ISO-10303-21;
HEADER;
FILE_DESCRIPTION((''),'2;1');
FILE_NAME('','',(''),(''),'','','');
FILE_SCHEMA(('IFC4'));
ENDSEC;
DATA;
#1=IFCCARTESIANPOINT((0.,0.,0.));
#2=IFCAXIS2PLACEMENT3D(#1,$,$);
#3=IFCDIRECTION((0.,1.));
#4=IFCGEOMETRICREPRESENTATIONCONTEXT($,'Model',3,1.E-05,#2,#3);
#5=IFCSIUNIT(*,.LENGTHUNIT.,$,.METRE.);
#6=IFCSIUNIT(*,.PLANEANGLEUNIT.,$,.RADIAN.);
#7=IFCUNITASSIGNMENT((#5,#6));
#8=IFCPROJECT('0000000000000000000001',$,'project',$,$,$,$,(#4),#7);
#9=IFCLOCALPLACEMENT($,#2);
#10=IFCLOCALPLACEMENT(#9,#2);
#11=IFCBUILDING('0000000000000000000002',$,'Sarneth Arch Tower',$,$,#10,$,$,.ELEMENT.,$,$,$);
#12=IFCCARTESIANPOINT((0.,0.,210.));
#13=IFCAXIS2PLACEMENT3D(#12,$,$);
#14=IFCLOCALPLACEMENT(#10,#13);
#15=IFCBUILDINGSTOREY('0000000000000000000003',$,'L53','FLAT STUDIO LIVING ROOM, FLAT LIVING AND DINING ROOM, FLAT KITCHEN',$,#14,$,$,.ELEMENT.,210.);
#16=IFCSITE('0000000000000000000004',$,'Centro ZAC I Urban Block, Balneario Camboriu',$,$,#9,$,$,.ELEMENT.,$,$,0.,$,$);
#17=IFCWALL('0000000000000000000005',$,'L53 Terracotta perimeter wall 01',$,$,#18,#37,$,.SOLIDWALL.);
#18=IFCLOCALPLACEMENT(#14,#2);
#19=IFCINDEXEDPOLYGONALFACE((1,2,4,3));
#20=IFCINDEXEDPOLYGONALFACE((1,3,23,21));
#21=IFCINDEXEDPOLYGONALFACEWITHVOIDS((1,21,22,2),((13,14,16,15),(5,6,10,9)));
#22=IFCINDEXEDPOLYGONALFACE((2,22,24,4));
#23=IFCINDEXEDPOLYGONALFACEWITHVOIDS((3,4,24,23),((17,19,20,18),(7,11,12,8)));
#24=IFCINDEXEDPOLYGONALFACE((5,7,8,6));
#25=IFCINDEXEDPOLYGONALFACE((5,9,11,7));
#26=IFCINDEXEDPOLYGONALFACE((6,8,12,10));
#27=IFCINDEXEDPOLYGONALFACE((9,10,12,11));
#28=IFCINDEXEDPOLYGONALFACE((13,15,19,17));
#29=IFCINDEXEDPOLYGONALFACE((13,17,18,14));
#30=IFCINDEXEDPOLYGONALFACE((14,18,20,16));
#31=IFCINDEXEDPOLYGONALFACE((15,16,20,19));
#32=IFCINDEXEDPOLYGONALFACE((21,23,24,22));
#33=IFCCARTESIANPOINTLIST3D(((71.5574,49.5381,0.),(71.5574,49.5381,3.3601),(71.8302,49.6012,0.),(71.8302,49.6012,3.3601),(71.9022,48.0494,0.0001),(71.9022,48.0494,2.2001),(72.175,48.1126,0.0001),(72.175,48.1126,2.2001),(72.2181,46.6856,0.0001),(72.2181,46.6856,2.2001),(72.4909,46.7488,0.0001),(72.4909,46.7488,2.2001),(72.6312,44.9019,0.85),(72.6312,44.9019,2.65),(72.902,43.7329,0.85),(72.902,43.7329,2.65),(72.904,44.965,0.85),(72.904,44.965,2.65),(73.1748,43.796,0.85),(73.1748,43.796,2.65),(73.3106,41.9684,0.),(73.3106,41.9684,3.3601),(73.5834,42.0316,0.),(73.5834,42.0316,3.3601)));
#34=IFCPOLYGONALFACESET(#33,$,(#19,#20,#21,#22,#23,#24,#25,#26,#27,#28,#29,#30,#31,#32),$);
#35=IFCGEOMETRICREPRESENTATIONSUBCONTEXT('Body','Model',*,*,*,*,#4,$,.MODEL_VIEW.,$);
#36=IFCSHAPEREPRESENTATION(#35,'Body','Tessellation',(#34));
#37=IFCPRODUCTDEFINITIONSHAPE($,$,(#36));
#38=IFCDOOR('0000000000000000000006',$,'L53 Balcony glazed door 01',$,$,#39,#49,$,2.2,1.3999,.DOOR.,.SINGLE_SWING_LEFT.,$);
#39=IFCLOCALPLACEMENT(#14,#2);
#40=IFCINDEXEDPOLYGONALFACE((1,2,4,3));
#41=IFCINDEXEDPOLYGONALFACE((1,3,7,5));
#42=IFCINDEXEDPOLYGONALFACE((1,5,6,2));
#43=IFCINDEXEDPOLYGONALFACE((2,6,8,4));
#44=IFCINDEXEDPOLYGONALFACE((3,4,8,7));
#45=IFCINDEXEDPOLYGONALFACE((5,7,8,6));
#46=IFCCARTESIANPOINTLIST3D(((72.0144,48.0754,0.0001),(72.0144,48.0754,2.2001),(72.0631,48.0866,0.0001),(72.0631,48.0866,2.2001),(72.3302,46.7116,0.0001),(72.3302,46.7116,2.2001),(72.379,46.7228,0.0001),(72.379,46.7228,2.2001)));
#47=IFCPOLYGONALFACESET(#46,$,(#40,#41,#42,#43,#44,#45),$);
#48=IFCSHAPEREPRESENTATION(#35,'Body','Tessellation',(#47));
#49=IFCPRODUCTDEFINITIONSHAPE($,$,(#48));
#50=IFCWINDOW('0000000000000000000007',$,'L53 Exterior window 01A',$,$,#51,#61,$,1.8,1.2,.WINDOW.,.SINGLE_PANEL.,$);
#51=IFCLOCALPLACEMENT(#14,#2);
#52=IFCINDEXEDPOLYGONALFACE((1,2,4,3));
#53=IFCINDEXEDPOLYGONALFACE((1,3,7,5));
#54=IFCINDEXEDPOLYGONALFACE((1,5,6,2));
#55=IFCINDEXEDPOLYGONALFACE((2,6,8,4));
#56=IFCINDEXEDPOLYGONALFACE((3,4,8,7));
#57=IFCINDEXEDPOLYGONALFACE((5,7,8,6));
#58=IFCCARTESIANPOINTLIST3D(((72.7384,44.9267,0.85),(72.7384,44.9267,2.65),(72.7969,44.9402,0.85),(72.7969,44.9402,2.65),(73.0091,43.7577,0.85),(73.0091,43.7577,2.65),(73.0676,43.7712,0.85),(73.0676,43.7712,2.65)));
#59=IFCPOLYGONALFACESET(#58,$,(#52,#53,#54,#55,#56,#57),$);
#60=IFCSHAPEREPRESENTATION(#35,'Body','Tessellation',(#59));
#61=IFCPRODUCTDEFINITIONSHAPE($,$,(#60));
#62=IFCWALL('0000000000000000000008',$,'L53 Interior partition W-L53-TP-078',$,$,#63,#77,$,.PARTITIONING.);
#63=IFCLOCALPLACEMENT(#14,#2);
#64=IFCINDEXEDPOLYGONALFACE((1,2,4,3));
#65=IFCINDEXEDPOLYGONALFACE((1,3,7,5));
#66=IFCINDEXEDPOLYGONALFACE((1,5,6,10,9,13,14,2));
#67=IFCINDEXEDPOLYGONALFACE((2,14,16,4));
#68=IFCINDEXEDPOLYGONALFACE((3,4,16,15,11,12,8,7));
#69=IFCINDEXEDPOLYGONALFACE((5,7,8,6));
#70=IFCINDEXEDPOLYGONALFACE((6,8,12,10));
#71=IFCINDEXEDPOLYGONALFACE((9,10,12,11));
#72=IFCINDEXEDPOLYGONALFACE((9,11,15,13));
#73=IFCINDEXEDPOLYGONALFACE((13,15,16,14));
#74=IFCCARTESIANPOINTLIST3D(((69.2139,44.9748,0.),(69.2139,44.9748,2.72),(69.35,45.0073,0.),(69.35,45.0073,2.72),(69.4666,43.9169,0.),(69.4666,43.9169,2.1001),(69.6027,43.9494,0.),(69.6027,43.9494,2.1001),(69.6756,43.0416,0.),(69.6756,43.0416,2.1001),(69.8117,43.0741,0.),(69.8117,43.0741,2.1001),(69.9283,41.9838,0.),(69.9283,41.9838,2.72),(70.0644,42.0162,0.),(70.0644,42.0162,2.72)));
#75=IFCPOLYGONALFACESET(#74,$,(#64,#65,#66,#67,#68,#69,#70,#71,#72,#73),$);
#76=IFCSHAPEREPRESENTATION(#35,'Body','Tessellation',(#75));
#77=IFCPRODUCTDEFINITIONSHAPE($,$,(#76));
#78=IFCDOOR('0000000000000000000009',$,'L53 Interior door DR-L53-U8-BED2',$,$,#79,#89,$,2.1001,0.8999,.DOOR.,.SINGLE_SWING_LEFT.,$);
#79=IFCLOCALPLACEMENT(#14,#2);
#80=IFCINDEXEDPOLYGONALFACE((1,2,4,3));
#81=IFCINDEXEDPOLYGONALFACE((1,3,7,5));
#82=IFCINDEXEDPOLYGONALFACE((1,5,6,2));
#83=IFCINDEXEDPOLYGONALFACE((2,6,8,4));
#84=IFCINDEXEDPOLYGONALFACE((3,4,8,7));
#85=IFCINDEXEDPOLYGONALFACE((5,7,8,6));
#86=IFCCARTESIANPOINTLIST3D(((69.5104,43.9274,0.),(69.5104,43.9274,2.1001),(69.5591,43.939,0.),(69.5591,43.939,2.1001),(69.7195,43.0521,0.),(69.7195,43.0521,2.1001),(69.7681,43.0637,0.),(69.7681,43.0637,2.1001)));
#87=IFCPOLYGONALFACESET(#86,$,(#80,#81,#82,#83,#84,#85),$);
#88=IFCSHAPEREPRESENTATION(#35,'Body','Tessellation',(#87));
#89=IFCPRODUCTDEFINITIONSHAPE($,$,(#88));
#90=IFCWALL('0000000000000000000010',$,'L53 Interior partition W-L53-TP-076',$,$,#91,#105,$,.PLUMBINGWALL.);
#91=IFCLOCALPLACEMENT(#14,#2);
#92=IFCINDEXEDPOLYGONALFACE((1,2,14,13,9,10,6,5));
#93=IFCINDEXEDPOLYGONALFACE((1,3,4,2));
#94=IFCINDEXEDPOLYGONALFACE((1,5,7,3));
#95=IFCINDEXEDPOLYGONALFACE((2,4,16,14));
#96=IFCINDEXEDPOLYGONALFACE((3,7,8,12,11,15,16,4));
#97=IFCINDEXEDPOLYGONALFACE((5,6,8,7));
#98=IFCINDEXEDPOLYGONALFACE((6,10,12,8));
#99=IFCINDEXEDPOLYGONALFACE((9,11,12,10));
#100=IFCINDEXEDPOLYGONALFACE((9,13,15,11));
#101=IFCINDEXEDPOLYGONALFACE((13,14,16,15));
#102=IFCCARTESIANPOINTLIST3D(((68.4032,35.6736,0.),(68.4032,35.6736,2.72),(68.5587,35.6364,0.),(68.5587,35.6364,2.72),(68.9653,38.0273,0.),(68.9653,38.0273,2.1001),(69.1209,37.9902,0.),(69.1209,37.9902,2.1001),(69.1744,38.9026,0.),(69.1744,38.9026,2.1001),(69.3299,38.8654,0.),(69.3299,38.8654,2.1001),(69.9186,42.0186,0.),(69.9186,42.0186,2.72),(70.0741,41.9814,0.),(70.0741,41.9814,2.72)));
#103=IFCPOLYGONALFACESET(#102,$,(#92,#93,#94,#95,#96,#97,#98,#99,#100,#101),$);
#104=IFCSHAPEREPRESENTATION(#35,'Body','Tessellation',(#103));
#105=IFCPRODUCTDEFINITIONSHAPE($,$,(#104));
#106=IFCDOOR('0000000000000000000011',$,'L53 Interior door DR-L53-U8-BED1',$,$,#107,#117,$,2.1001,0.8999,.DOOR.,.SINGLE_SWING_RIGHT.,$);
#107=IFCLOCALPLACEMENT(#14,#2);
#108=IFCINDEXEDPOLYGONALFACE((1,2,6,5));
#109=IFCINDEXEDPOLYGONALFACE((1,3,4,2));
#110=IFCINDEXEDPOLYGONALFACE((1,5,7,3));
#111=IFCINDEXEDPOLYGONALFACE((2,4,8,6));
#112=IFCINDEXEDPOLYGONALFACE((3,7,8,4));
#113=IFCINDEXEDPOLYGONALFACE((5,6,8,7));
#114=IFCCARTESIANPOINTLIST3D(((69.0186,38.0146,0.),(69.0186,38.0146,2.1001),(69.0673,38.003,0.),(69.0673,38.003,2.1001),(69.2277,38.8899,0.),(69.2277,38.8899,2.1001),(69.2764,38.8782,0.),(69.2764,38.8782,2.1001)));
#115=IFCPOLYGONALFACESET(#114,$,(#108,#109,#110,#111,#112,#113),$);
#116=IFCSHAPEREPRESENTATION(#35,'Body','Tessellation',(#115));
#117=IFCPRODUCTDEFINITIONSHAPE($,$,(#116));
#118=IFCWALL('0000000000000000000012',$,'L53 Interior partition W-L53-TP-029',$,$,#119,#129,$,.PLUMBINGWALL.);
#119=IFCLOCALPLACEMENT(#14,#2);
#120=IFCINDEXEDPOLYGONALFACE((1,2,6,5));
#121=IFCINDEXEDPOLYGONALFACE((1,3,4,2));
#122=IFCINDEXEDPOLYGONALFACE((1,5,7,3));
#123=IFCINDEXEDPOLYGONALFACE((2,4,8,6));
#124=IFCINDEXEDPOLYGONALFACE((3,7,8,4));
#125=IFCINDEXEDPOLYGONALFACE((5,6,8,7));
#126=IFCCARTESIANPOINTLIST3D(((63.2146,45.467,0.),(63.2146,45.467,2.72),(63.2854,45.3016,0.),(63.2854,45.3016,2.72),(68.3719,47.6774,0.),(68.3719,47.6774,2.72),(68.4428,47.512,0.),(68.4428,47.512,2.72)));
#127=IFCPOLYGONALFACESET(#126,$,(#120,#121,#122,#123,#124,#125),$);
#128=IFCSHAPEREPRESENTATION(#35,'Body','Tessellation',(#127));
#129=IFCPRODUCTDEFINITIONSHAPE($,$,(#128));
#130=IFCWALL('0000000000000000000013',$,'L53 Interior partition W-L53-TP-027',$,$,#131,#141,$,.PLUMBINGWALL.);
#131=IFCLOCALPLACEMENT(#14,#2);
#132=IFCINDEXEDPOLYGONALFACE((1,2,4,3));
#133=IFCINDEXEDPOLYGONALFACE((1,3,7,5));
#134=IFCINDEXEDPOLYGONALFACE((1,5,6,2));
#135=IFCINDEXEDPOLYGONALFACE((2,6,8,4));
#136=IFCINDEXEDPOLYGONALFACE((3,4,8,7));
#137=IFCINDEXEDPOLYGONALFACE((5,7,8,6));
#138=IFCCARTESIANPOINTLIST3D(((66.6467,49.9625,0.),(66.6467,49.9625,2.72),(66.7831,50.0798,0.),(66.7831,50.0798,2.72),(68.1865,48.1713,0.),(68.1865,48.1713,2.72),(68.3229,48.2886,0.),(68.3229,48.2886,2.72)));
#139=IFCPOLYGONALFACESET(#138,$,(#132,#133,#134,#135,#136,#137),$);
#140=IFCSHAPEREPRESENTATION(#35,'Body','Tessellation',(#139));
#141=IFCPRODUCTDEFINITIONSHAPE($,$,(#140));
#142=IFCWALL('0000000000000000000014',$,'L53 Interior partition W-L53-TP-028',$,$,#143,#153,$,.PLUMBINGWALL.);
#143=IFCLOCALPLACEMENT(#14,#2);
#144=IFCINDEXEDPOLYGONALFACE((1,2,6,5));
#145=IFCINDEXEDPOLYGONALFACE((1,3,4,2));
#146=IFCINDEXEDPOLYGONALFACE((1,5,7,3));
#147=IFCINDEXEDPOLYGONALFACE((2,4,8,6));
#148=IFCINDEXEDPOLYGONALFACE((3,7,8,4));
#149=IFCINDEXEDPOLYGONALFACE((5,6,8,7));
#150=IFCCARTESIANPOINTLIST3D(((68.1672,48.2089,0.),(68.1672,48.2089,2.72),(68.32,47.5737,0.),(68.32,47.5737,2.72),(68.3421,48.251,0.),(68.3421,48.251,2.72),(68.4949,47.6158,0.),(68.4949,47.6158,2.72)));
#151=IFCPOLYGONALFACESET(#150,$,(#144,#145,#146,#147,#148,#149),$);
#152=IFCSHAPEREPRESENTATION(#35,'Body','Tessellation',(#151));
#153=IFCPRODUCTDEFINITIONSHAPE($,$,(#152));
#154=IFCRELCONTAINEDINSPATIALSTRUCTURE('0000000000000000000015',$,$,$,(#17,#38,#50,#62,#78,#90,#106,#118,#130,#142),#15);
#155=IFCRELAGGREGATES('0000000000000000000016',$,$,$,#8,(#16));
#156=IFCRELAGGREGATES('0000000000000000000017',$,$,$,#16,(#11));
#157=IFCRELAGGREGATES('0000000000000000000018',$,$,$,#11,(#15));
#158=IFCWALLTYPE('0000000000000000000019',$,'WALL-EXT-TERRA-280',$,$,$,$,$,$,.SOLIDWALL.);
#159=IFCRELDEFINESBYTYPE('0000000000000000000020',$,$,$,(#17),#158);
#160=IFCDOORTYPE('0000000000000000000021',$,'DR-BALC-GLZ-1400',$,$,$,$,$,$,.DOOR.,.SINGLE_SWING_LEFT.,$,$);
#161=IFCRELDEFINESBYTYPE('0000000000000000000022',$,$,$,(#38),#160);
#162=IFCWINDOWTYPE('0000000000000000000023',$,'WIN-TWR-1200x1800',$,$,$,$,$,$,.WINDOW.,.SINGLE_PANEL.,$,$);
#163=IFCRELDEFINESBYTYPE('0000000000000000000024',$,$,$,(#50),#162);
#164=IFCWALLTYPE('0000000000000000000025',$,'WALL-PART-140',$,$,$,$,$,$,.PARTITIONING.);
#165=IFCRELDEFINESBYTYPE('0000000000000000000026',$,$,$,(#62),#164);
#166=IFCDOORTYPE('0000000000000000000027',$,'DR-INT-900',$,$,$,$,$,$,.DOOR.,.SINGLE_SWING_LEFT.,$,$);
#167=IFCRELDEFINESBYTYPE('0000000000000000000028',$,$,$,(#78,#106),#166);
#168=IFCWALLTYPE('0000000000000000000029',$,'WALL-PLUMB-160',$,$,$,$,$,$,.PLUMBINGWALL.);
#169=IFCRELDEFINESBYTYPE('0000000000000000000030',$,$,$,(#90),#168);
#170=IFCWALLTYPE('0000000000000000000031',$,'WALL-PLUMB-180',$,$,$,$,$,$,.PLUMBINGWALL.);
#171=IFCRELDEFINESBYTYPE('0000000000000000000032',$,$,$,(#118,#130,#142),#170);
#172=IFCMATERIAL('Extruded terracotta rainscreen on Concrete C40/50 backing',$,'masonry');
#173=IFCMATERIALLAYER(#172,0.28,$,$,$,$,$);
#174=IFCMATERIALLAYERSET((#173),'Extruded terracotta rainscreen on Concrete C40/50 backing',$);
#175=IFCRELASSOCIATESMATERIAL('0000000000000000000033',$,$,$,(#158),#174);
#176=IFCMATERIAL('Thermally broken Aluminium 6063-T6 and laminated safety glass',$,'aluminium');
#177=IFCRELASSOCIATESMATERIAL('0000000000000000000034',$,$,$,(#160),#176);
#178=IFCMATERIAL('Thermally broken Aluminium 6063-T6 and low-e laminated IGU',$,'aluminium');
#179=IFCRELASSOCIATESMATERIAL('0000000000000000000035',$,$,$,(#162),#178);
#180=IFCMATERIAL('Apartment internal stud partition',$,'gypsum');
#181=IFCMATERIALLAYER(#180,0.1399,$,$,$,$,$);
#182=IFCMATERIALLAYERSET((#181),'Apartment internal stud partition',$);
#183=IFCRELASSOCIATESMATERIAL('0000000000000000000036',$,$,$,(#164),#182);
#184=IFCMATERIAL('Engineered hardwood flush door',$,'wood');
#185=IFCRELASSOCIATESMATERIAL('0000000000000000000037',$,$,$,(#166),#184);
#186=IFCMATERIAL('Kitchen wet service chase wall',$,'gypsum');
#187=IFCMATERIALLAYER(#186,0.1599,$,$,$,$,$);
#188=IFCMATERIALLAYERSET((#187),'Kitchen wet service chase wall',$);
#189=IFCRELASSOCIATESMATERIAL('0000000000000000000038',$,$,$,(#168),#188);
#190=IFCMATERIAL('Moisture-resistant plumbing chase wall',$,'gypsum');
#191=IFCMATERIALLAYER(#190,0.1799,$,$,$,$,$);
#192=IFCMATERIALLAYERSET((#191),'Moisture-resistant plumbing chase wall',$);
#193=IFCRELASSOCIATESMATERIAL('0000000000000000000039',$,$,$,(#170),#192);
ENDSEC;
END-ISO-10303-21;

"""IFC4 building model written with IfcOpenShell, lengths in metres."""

from ifc_helpers import new_model, si_unit, direction, frame, frame_2d, origin, place, context, subcontext, project, spatial, rectangle, extrude, material, layer, layer_set, type_object, element, fill, save


model = new_model("IFC4")

# Units and contexts
model_context = context("Model", 3, precision=1e-05, world=origin(), true_north=direction((0.0, 1.0)))
body_context = subcontext(model_context, "Body", "Model", "MODEL_VIEW")
ifc_project = project(units=[si_unit("LENGTHUNIT", "METRE"), si_unit("PLANEANGLEUNIT", "RADIAN")], contexts=[model_context])

# Site, building, storey
site_placement = place(None, origin())
site = spatial("IfcSite", under=ifc_project, at=site_placement, Name="Centro ZAC I Urban Block, Balneario Camboriu", CompositionType="ELEMENT", RefElevation=0.0)
building_placement = place(site_placement, origin())
building = spatial("IfcBuilding", under=site, at=building_placement, Name="Sarneth Arch Tower", CompositionType="ELEMENT")
storey_placement = place(building_placement, frame((0.0, 0.0, 210.0)))
storey = spatial("IfcBuildingStorey", under=building, at=storey_placement, Name="L53", Description="FLAT STUDIO LIVING ROOM, FLAT LIVING AND DINING ROOM, FLAT KITCHEN", CompositionType="ELEMENT", Elevation=210.0)

# Wall, openings, door, window
ifc_material_1 = material(Name="Extruded terracotta rainscreen on Concrete C40/50 backing", Category="masonry")
ifc_layer_1 = layer(ifc_material_1, 0.28)
ifc_layer_set_1 = layer_set([ifc_layer_1], Name="Extruded terracotta rainscreen on Concrete C40/50 backing")
wall_type_1 = type_object("IfcWallType", Name="WALL-EXT-TERRA-280", PredefinedType="SOLIDWALL", material=ifc_layer_set_1)
wall_1_placement = place(storey_placement, frame((73.447, 42.0, 0.0), z_axis=(0.0, 0.0, 1.0), x_axis=(-0.225635, 0.974212, 0.0)))
wall_1 = element("IfcWall", 1, at=wall_1_placement, inside=storey, type_object=wall_type_1, Name="L53 Terracotta perimeter wall 01", PredefinedType="SOLIDWALL", context=body_context, shape_type="SweptSolid", body=[
    extrude(rectangle(XDim=7.77, YDim=0.28, at=frame_2d((3.885, 0.0))), origin(), (0.0, 0.0, 1.0), 3.3601),
])
opening_1_placement = place(wall_1_placement, frame((1.811, 0.0, 0.8501)))
opening_1 = element("IfcOpeningElement", 2, at=opening_1_placement, cuts=wall_1, PredefinedType="OPENING", context=body_context, shape_type="SweptSolid", body=[
    extrude(rectangle(XDim=1.2, YDim=1.8, at=frame_2d((0.6001, 0.8999))), frame((0.0, 0.1499, 0.0), z_axis=(0.0, -1.0, 0.0), x_axis=(1.0, 0.0, 0.0)), (0.0, 0.0, 1.0), 0.3),
])
opening_2_placement = place(wall_1_placement, frame((4.842, 0.0, 0.0)))
opening_2 = element("IfcOpeningElement", 3, at=opening_2_placement, cuts=wall_1, PredefinedType="OPENING", context=body_context, shape_type="SweptSolid", body=[
    extrude(rectangle(XDim=1.3999, YDim=2.2, at=frame_2d((0.7, 1.1001))), frame((0.0, 0.1499, 0.0), z_axis=(0.0, -1.0, 0.0), x_axis=(1.0, 0.0, 0.0)), (0.0, 0.0, 1.0), 0.3),
])
ifc_material_2 = material(Name="Thermally broken Aluminium 6063-T6 and laminated safety glass", Category="aluminium")
door_type_1 = type_object("IfcDoorType", Name="DR-BALC-GLZ-1400", OperationType="SINGLE_SWING_LEFT", PredefinedType="DOOR", material=ifc_material_2)
door_1_placement = place(opening_2_placement, origin())
door_1 = element("IfcDoor", 4, at=door_1_placement, inside=storey, type_object=door_type_1, Name="L53 Balcony glazed door 01", OperationType="SINGLE_SWING_LEFT", OverallHeight=2.2, OverallWidth=1.3999, PredefinedType="DOOR", context=body_context, shape_type="SweptSolid", body=[
    extrude(rectangle(XDim=1.3999, YDim=2.2, at=frame_2d((0.7, 1.1001))), frame((0.0, 0.0249, 0.0), z_axis=(0.0, -1.0, 0.0), x_axis=(1.0, 0.0, 0.0)), (0.0, 0.0, 1.0), 0.05),
])
fill(opening_2, door_1)
ifc_material_3 = material(Name="Thermally broken Aluminium 6063-T6 and low-e laminated IGU", Category="aluminium")
window_type = type_object("IfcWindowType", Name="WIN-TWR-1200x1800", PartitioningType="SINGLE_PANEL", PredefinedType="WINDOW", material=ifc_material_3)
window_placement = place(opening_1_placement, origin())
window = element("IfcWindow", 5, at=window_placement, inside=storey, type_object=window_type, Name="L53 Exterior window 01A", OverallHeight=1.8, OverallWidth=1.2, PartitioningType="SINGLE_PANEL", PredefinedType="WINDOW", context=body_context, shape_type="SweptSolid", body=[
    extrude(rectangle(XDim=1.2, YDim=1.8, at=frame_2d((0.6001, 0.8999))), frame((0.0, 0.03, 0.0), z_axis=(0.0, -1.0, 0.0), x_axis=(1.0, 0.0, 0.0)), (0.0, 0.0, 1.0), 0.0601),
])
fill(opening_1, window)

# Walls, openings, doors
ifc_material_4 = material(Name="Apartment internal stud partition", Category="gypsum")
ifc_layer_2 = layer(ifc_material_4, 0.1399)
ifc_layer_set_2 = layer_set([ifc_layer_2], Name="Apartment internal stud partition")
wall_type_2 = type_object("IfcWallType", Name="WALL-PART-140", PredefinedType="PARTITIONING", material=ifc_layer_set_2)
wall_2_placement = place(storey_placement, frame((69.9963, 42.0, 0.0), z_axis=(0.0, 0.0, 1.0), x_axis=(-0.232304, 0.972643, 0.0)))
wall_2 = element("IfcWall", 6, at=wall_2_placement, inside=storey, type_object=wall_type_2, Name="L53 Interior partition W-L53-TP-078", PredefinedType="PARTITIONING", context=body_context, shape_type="SweptSolid", body=[
    extrude(rectangle(XDim=3.0752, YDim=0.1399, at=frame_2d((1.5376, 0.0))), origin(), (0.0, 0.0, 1.0), 2.72),
])
opening_3_placement = place(wall_2_placement, frame((1.0876, 0.0, 0.0)))
opening_3 = element("IfcOpeningElement", 7, at=opening_3_placement, cuts=wall_2, PredefinedType="OPENING", context=body_context, shape_type="SweptSolid", body=[
    extrude(rectangle(XDim=0.8999, YDim=2.1001, at=frame_2d((0.45, 1.05))), frame((0.0, 0.0798, 0.0), z_axis=(0.0, -1.0, 0.0), x_axis=(1.0, 0.0, 0.0)), (0.0, 0.0, 1.0), 0.1599),
])
ifc_material_5 = material(Name="Engineered hardwood flush door", Category="wood")
door_type_2 = type_object("IfcDoorType", Name="DR-INT-900", OperationType="SINGLE_SWING_LEFT", PredefinedType="DOOR", material=ifc_material_5)
door_2_placement = place(opening_3_placement, origin())
door_2 = element("IfcDoor", 8, at=door_2_placement, inside=storey, type_object=door_type_2, Name="L53 Interior door DR-L53-U8-BED2", OperationType="SINGLE_SWING_LEFT", OverallHeight=2.1001, OverallWidth=0.8999, PredefinedType="DOOR", context=body_context, shape_type="SweptSolid", body=[
    extrude(rectangle(XDim=0.8999, YDim=2.1001, at=frame_2d((0.45, 1.05))), frame((0.0, 0.0249, 0.0), z_axis=(0.0, -1.0, 0.0), x_axis=(1.0, 0.0, 0.0)), (0.0, 0.0, 1.0), 0.05),
])
fill(opening_3, door_2)
ifc_material_6 = material(Name="Kitchen wet service chase wall", Category="gypsum")
ifc_layer_3 = layer(ifc_material_6, 0.1599)
ifc_layer_set_3 = layer_set([ifc_layer_3], Name="Kitchen wet service chase wall")
wall_type_3 = type_object("IfcWallType", Name="WALL-PLUMB-160", PredefinedType="PLUMBINGWALL", material=ifc_layer_set_3)
wall_3_placement = place(storey_placement, frame((69.9963, 42.0, 0.0), z_axis=(0.0, 0.0, 1.0), x_axis=(-0.232298, -0.972645, 0.0)))
wall_3 = element("IfcWall", 9, at=wall_3_placement, inside=storey, type_object=wall_type_3, Name="L53 Interior partition W-L53-TP-076", PredefinedType="PLUMBINGWALL", context=body_context, shape_type="SweptSolid", body=[
    extrude(rectangle(XDim=6.5234, YDim=0.1599, at=frame_2d((3.2617, 0.0))), origin(), (0.0, 0.0, 1.0), 2.72),
])
opening_4_placement = place(wall_3_placement, frame((3.2036, 0.0, 0.0)))
opening_4 = element("IfcOpeningElement", 10, at=opening_4_placement, cuts=wall_3, PredefinedType="OPENING", context=body_context, shape_type="SweptSolid", body=[
    extrude(rectangle(XDim=0.8999, YDim=2.1001, at=frame_2d((0.45, 1.05))), frame((0.0, 0.0898, 0.0), z_axis=(0.0, -1.0, 0.0), x_axis=(1.0, 0.0, 0.0)), (0.0, 0.0, 1.0), 0.1799),
])
door_3_placement = place(opening_4_placement, origin())
door_3 = element("IfcDoor", 11, at=door_3_placement, inside=storey, type_object=door_type_2, Name="L53 Interior door DR-L53-U8-BED1", OperationType="SINGLE_SWING_RIGHT", OverallHeight=2.1001, OverallWidth=0.8999, PredefinedType="DOOR", context=body_context, shape_type="SweptSolid", body=[
    extrude(rectangle(XDim=0.8999, YDim=2.1001, at=frame_2d((0.45, 1.05))), frame((0.0, 0.0249, 0.0), z_axis=(0.0, -1.0, 0.0), x_axis=(1.0, 0.0, 0.0)), (0.0, 0.0, 1.0), 0.05),
])
fill(opening_4, door_3)

# Walls
ifc_material_7 = material(Name="Moisture-resistant plumbing chase wall", Category="gypsum")
ifc_layer_4 = layer(ifc_material_7, 0.1799)
ifc_layer_set_4 = layer_set([ifc_layer_4], Name="Moisture-resistant plumbing chase wall")
wall_type_4 = type_object("IfcWallType", Name="WALL-PLUMB-180", PredefinedType="PLUMBINGWALL", material=ifc_layer_set_4)
wall_4_placement = place(storey_placement, frame((68.4075, 47.5947, 0.0), z_axis=(0.0, 0.0, 1.0), x_axis=(-0.919138, -0.393935, 0.0)))
element("IfcWall", 12, at=wall_4_placement, inside=storey, type_object=wall_type_4, Name="L53 Interior partition W-L53-TP-029", PredefinedType="PLUMBINGWALL", context=body_context, shape_type="SweptSolid", body=[
    extrude(rectangle(XDim=5.6111, YDim=0.1799, at=frame_2d((2.8057, 0.0))), origin(), (0.0, 0.0, 1.0), 2.72),
])
wall_5_placement = place(storey_placement, frame((66.7148, 50.0212, 0.0), z_axis=(0.0, 0.0, 1.0), x_axis=(0.651872, -0.758329, 0.0)))
element("IfcWall", 13, at=wall_5_placement, inside=storey, type_object=wall_type_4, Name="L53 Interior partition W-L53-TP-027", PredefinedType="PLUMBINGWALL", context=body_context, shape_type="SweptSolid", body=[
    extrude(rectangle(XDim=2.3621, YDim=0.1799, at=frame_2d((1.1812, 0.0))), origin(), (0.0, 0.0, 1.0), 2.72),
])
wall_6_placement = place(storey_placement, frame((68.2546, 48.23, 0.0), z_axis=(0.0, 0.0, 1.0), x_axis=(0.23391, -0.972258, 0.0)))
element("IfcWall", 14, at=wall_6_placement, inside=storey, type_object=wall_type_4, Name="L53 Interior partition W-L53-TP-028", PredefinedType="PLUMBINGWALL", context=body_context, shape_type="SweptSolid", body=[
    extrude(rectangle(XDim=0.6533, YDim=0.1799, at=frame_2d((0.3267, 0.0))), origin(), (0.0, 0.0, 1.0), 2.72),
])

save(model, "model.ifc")
